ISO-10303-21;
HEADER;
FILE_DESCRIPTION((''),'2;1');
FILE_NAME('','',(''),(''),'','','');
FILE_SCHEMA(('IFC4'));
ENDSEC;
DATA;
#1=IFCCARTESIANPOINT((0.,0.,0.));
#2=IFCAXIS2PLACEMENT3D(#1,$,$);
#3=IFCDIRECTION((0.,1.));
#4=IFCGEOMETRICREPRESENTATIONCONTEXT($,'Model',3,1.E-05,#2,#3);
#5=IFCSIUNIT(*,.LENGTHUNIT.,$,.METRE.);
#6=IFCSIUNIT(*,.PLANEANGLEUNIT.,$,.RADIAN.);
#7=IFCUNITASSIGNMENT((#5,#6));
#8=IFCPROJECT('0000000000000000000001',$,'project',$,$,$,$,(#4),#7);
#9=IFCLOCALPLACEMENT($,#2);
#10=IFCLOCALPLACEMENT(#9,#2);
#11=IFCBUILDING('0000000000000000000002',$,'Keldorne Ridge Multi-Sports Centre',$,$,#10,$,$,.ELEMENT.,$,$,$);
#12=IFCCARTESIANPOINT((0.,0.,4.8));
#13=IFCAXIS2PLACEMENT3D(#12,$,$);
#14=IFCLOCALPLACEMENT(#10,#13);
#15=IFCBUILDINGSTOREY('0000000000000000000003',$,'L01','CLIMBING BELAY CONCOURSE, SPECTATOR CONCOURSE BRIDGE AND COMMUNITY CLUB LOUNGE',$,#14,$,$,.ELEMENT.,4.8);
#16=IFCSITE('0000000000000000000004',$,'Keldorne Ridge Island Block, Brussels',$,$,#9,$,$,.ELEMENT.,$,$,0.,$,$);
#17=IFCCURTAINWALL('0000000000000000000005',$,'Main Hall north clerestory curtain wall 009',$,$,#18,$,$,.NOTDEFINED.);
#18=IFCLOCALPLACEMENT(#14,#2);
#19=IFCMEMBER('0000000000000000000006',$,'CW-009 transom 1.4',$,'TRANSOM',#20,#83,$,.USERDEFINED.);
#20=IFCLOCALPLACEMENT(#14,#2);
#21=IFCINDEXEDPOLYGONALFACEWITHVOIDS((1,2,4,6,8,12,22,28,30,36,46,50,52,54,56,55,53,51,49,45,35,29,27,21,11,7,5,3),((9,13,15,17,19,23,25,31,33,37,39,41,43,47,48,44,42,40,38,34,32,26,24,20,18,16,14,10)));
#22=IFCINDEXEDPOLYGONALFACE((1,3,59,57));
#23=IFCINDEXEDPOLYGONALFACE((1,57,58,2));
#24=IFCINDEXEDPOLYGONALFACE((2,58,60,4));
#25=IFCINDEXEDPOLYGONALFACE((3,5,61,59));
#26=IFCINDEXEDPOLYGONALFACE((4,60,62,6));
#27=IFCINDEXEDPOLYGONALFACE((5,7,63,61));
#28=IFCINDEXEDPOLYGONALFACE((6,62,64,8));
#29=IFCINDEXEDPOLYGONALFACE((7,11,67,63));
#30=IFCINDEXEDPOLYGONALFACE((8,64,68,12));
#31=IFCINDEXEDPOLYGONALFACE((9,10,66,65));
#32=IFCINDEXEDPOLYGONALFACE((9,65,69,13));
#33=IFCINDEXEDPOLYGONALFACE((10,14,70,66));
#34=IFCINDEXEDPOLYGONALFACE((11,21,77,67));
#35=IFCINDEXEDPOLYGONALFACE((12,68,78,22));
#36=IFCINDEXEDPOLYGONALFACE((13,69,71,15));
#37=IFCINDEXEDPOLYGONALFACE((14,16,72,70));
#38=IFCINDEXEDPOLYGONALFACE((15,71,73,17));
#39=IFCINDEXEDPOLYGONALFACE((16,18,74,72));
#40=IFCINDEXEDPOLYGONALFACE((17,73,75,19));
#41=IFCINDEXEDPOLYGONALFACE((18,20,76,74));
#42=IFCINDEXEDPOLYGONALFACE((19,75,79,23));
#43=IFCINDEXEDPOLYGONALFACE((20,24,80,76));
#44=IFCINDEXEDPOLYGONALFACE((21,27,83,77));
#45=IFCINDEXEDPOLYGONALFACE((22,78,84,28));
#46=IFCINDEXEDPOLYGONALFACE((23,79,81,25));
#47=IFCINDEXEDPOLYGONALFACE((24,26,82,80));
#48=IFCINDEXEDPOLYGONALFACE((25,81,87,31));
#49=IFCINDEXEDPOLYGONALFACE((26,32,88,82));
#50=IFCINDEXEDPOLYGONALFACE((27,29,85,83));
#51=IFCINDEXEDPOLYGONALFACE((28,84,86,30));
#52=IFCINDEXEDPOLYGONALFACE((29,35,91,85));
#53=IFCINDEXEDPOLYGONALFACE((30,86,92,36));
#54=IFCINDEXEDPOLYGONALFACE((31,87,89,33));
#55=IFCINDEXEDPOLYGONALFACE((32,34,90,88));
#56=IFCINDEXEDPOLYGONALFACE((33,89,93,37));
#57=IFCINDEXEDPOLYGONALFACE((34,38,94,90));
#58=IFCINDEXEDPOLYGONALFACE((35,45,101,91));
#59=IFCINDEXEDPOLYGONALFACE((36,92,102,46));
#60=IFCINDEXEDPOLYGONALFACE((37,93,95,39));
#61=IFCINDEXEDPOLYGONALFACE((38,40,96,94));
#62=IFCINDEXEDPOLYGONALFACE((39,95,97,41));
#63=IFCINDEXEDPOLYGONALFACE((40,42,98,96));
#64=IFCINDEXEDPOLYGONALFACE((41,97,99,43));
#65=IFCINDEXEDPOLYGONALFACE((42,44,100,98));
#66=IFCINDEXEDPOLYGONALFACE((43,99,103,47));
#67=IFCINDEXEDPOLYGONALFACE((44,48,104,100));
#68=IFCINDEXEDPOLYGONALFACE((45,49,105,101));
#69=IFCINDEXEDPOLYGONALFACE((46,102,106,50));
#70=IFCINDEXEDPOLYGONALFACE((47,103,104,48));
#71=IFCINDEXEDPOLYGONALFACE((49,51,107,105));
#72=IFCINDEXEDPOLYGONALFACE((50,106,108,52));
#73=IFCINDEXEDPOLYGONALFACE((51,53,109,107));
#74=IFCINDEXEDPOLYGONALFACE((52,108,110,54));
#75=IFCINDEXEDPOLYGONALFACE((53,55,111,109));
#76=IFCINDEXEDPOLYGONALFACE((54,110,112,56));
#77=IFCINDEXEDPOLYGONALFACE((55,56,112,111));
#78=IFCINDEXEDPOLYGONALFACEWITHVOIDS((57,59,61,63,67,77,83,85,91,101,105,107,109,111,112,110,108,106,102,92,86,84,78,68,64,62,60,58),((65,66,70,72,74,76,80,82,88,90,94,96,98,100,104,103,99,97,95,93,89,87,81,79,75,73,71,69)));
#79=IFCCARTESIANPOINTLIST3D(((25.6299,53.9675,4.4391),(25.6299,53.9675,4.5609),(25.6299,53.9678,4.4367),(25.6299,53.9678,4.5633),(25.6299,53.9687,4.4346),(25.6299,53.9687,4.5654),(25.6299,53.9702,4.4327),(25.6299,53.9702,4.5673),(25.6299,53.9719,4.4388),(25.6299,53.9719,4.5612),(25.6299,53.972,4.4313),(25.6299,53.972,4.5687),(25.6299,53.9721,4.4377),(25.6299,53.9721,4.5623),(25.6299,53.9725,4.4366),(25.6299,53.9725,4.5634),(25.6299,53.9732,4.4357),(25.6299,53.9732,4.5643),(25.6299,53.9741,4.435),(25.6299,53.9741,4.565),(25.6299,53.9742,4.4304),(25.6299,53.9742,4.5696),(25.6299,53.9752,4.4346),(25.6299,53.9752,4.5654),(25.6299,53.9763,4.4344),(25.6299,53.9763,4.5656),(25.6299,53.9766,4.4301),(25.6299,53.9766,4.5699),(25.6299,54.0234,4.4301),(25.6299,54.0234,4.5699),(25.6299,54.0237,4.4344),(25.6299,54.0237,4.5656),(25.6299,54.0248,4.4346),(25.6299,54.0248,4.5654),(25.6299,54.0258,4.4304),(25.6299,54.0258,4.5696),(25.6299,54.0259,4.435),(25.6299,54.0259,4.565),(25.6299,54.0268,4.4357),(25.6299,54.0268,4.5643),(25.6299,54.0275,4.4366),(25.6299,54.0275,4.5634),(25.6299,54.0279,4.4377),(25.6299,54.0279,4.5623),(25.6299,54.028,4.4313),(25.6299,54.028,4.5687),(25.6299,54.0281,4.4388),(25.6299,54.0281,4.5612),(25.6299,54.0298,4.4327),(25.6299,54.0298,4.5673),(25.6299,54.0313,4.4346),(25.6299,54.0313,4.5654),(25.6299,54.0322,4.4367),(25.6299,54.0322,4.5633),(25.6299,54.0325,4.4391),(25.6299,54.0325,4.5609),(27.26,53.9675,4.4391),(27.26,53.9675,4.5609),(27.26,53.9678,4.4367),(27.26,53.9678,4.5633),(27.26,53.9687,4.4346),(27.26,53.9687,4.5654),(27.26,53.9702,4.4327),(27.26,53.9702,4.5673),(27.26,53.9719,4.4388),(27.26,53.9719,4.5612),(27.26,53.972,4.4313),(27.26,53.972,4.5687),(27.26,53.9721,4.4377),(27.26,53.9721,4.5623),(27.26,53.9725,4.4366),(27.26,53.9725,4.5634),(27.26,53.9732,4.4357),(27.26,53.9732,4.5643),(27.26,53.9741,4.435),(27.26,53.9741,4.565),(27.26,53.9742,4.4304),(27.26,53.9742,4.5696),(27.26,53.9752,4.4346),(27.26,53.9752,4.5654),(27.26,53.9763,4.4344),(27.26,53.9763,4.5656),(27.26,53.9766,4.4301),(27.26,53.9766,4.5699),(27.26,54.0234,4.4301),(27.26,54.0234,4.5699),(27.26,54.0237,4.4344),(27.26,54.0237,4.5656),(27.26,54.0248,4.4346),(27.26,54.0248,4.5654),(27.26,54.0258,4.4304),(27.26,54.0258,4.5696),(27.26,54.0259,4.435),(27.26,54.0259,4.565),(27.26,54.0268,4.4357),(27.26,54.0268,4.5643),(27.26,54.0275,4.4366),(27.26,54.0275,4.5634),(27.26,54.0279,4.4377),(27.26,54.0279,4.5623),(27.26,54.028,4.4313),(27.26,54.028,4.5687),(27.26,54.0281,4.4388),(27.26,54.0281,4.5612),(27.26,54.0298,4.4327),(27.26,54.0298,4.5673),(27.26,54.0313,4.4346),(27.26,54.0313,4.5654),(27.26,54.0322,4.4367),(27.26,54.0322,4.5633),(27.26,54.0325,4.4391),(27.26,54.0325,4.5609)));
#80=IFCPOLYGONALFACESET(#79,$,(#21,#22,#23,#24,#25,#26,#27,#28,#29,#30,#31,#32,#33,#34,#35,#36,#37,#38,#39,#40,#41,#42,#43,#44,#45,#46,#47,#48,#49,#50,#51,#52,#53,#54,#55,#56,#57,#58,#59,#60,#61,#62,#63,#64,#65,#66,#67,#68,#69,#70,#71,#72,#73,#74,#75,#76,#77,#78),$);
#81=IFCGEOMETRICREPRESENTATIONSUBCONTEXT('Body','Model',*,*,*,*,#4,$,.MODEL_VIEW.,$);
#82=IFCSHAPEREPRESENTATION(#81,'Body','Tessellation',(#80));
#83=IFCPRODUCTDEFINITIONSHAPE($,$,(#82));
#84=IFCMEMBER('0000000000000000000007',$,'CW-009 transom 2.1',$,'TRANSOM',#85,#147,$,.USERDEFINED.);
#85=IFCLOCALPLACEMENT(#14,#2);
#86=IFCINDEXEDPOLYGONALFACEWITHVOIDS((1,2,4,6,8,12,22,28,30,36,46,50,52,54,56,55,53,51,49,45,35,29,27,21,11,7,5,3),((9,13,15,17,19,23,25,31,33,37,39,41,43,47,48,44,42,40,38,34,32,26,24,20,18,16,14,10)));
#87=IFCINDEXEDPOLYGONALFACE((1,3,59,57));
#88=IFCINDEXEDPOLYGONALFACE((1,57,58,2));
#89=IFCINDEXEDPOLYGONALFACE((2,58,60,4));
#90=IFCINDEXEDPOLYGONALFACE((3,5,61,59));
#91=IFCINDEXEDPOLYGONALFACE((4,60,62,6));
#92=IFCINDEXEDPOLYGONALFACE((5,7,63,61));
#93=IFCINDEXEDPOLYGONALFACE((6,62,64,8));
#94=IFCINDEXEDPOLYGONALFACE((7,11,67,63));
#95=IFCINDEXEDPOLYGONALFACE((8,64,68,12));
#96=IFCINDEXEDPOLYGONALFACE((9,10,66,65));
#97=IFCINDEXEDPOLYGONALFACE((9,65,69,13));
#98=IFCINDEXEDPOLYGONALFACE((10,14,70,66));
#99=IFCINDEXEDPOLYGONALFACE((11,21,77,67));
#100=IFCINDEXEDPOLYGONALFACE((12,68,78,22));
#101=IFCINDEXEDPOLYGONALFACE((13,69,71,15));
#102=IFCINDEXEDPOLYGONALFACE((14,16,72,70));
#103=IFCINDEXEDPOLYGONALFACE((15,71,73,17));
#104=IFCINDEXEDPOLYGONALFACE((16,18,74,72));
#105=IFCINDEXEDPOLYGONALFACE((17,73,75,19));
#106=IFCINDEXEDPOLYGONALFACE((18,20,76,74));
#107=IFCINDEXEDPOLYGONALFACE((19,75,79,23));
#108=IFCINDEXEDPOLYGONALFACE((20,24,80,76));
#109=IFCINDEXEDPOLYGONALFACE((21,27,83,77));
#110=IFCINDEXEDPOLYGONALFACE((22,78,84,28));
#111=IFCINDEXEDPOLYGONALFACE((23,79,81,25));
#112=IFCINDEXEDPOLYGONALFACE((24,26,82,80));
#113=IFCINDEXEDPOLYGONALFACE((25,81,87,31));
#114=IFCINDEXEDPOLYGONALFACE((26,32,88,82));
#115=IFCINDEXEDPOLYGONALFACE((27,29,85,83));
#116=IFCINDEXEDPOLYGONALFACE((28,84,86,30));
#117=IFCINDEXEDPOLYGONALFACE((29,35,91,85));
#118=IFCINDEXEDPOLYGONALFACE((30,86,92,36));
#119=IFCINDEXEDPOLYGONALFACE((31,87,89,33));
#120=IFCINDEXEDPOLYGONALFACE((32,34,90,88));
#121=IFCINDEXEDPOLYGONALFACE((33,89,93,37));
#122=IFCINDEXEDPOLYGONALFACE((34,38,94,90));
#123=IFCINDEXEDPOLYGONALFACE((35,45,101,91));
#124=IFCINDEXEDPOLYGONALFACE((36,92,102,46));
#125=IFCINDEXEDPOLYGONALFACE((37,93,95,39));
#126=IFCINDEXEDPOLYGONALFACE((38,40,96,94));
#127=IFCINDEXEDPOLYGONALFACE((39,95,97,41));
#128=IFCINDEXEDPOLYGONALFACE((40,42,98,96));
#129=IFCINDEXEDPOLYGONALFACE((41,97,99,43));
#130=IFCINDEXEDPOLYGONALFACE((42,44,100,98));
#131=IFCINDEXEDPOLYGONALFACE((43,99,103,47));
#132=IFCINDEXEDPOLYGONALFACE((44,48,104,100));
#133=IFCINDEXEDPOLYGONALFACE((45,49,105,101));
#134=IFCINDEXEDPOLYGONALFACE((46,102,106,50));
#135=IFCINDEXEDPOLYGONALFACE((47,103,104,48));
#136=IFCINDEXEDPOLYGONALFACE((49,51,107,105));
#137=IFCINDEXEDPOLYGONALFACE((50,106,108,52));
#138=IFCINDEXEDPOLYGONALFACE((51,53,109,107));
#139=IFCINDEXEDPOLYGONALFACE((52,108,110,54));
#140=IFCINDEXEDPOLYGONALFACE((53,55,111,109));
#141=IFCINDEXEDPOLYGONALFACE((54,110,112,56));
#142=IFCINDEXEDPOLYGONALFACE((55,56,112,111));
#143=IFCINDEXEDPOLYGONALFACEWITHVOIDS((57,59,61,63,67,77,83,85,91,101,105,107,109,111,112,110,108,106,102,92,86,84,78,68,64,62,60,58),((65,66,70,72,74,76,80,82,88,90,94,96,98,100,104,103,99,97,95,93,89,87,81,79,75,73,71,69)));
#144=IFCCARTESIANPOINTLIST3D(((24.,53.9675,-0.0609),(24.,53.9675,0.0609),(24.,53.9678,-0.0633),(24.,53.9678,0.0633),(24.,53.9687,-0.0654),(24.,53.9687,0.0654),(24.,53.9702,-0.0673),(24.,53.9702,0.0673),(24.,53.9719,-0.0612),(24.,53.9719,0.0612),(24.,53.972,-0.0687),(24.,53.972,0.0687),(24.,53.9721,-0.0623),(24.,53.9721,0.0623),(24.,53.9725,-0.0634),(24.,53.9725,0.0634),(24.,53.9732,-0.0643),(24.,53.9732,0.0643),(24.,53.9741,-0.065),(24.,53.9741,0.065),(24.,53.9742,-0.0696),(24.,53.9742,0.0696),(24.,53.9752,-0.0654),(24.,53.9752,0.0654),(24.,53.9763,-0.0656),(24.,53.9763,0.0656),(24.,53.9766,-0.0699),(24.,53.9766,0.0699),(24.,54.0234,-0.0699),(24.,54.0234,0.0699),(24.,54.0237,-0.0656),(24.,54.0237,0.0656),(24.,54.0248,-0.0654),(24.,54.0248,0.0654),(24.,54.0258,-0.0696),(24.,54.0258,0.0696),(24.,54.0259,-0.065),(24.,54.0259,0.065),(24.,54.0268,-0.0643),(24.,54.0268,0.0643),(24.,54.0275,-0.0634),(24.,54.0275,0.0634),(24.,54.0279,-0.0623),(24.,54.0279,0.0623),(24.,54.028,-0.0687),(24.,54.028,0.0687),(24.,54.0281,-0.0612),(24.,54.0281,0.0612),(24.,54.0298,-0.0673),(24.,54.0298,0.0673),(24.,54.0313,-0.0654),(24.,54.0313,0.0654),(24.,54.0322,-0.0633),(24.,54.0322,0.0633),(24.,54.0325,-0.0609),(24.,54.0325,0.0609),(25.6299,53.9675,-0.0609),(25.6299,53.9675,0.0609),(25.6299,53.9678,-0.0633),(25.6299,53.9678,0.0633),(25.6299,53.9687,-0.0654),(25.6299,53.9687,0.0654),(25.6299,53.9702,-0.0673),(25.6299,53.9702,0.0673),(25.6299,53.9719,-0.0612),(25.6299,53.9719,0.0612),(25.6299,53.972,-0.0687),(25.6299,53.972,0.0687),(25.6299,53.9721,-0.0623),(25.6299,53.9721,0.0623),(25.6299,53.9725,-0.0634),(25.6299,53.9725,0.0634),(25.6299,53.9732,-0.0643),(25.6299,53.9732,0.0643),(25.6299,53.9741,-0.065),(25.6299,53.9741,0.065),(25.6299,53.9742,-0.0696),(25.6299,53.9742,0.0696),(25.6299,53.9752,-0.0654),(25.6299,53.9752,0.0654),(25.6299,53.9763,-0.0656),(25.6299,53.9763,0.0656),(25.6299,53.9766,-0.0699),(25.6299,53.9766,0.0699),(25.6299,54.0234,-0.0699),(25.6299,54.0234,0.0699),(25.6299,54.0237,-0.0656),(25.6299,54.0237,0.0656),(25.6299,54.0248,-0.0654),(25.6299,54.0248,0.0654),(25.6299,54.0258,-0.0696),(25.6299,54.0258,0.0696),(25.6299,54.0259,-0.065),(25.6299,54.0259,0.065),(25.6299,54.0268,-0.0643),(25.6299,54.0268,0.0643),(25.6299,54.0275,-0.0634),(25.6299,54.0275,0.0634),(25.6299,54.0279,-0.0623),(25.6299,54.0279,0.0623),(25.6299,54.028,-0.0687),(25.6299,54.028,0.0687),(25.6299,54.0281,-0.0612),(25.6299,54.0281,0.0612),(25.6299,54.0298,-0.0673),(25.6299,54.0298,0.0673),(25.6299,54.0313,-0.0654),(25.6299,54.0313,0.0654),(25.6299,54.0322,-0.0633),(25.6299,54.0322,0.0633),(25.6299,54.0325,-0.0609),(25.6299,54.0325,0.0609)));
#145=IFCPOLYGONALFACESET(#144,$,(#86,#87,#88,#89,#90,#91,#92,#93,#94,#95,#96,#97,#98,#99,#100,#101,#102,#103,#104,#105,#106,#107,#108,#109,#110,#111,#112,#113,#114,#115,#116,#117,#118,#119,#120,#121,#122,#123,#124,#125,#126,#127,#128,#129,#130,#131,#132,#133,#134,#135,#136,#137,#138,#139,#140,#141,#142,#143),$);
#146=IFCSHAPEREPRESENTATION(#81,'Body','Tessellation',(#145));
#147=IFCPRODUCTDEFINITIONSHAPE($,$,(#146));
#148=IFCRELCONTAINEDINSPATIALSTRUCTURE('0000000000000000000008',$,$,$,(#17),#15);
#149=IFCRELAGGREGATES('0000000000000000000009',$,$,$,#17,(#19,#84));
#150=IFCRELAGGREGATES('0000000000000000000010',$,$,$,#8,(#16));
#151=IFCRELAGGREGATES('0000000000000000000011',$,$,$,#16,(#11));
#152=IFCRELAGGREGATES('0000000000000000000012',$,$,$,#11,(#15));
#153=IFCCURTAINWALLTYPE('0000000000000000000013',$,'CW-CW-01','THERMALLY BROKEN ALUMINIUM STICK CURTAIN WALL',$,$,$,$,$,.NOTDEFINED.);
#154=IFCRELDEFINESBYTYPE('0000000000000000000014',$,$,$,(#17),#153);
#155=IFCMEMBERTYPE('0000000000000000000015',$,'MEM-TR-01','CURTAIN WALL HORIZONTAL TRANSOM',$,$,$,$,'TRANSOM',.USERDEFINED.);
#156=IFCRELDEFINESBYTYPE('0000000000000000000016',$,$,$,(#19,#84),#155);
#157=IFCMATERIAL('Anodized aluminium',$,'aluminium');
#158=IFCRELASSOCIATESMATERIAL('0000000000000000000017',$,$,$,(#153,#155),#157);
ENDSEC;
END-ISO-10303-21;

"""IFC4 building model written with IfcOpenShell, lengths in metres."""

from ifc_helpers import new_model, si_unit, direction, frame, origin, origin_2d, place, context, subcontext, project, spatial, hollow_rectangle, extrude, material, material_profile, profile_set, type_object, element, aggregate, save


model = new_model("IFC4")

# Units and contexts
model_context = context("Model", 3, precision=1e-05, world=origin(), true_north=direction((0.0, 1.0)))
body_context = subcontext(model_context, "Body", "Model", "MODEL_VIEW")
ifc_project = project(units=[si_unit("LENGTHUNIT", "METRE"), si_unit("PLANEANGLEUNIT", "RADIAN")], contexts=[model_context])

# Site, building, storey
site_placement = place(None, origin())
site = spatial("IfcSite", under=ifc_project, at=site_placement, Name="Keldorne Ridge Island Block, Brussels", CompositionType="ELEMENT", RefElevation=0.0)
building_placement = place(site_placement, origin())
building = spatial("IfcBuilding", under=site, at=building_placement, Name="Keldorne Ridge Multi-Sports Centre", CompositionType="ELEMENT")
storey_placement = place(building_placement, frame((0.0, 0.0, 4.8)))
storey = spatial("IfcBuildingStorey", under=building, at=storey_placement, Name="L01", Description="CLIMBING BELAY CONCOURSE, SPECTATOR CONCOURSE BRIDGE AND COMMUNITY CLUB LOUNGE", CompositionType="ELEMENT", Elevation=4.8)

# Curtain wall
ifc_material_1 = material(Name="Anodized aluminium", Category="aluminium")
curtain_wall_type_1 = type_object("IfcCurtainWallType", Name="CW-CW-01", Description="THERMALLY BROKEN ALUMINIUM STICK CURTAIN WALL", PredefinedType="NOTDEFINED", material=ifc_material_1)
curtain_wall_1_placement = place(storey_placement, origin())
curtain_wall_1 = element("IfcCurtainWall", 1, at=curtain_wall_1_placement, inside=storey, type_object=curtain_wall_type_1, Name="Main Hall north clerestory curtain wall 009", PredefinedType="NOTDEFINED")

# Members
ifc_material_profile_1 = material_profile(ifc_material_1, hollow_rectangle(XDim=0.0649, YDim=0.1399, WallThickness=0.0044, InnerFilletRadius=0.0044, OuterFilletRadius=0.009, at=origin_2d()), Name="ALU TRANSOM 140x65x4.5")
ifc_profile_set_1 = profile_set([ifc_material_profile_1], Name="Anodized aluminium")
member_type_1 = type_object("IfcMemberType", Name="MEM-TR-01", Description="CURTAIN WALL HORIZONTAL TRANSOM", ElementType="TRANSOM", PredefinedType="USERDEFINED", material=ifc_profile_set_1)
member_1_placement = place(storey_placement, frame((27.26, 54.0, 4.5), z_axis=(-1.0, 0.0, 0.0), x_axis=(0.0, -1.0, 0.0)))
member_1 = element("IfcMember", 2, at=member_1_placement, type_object=member_type_1, Name="CW-009 transom 1.4", ObjectType="TRANSOM", PredefinedType="USERDEFINED", context=body_context, shape_type="SweptSolid", body=[
    extrude(hollow_rectangle(XDim=0.0649, YDim=0.1399, WallThickness=0.0044, InnerFilletRadius=0.0044, OuterFilletRadius=0.009, at=origin_2d()), origin(), (0.0, 0.0, 1.0), 1.6301),
])
member_2_placement = place(storey_placement, frame((25.6299, 54.0, 0.0), z_axis=(-1.0, 0.0, 0.0), x_axis=(0.0, -1.0, 0.0)))
member_2 = element("IfcMember", 3, at=member_2_placement, type_object=member_type_1, Name="CW-009 transom 2.1", ObjectType="TRANSOM", PredefinedType="USERDEFINED", context=body_context, shape_type="SweptSolid", body=[
    extrude(hollow_rectangle(XDim=0.0649, YDim=0.1399, WallThickness=0.0044, InnerFilletRadius=0.0044, OuterFilletRadius=0.009, at=origin_2d()), origin(), (0.0, 0.0, 1.0), 1.6299),
])

aggregate(curtain_wall_1, [member_1, member_2])

save(model, "model.ifc")
